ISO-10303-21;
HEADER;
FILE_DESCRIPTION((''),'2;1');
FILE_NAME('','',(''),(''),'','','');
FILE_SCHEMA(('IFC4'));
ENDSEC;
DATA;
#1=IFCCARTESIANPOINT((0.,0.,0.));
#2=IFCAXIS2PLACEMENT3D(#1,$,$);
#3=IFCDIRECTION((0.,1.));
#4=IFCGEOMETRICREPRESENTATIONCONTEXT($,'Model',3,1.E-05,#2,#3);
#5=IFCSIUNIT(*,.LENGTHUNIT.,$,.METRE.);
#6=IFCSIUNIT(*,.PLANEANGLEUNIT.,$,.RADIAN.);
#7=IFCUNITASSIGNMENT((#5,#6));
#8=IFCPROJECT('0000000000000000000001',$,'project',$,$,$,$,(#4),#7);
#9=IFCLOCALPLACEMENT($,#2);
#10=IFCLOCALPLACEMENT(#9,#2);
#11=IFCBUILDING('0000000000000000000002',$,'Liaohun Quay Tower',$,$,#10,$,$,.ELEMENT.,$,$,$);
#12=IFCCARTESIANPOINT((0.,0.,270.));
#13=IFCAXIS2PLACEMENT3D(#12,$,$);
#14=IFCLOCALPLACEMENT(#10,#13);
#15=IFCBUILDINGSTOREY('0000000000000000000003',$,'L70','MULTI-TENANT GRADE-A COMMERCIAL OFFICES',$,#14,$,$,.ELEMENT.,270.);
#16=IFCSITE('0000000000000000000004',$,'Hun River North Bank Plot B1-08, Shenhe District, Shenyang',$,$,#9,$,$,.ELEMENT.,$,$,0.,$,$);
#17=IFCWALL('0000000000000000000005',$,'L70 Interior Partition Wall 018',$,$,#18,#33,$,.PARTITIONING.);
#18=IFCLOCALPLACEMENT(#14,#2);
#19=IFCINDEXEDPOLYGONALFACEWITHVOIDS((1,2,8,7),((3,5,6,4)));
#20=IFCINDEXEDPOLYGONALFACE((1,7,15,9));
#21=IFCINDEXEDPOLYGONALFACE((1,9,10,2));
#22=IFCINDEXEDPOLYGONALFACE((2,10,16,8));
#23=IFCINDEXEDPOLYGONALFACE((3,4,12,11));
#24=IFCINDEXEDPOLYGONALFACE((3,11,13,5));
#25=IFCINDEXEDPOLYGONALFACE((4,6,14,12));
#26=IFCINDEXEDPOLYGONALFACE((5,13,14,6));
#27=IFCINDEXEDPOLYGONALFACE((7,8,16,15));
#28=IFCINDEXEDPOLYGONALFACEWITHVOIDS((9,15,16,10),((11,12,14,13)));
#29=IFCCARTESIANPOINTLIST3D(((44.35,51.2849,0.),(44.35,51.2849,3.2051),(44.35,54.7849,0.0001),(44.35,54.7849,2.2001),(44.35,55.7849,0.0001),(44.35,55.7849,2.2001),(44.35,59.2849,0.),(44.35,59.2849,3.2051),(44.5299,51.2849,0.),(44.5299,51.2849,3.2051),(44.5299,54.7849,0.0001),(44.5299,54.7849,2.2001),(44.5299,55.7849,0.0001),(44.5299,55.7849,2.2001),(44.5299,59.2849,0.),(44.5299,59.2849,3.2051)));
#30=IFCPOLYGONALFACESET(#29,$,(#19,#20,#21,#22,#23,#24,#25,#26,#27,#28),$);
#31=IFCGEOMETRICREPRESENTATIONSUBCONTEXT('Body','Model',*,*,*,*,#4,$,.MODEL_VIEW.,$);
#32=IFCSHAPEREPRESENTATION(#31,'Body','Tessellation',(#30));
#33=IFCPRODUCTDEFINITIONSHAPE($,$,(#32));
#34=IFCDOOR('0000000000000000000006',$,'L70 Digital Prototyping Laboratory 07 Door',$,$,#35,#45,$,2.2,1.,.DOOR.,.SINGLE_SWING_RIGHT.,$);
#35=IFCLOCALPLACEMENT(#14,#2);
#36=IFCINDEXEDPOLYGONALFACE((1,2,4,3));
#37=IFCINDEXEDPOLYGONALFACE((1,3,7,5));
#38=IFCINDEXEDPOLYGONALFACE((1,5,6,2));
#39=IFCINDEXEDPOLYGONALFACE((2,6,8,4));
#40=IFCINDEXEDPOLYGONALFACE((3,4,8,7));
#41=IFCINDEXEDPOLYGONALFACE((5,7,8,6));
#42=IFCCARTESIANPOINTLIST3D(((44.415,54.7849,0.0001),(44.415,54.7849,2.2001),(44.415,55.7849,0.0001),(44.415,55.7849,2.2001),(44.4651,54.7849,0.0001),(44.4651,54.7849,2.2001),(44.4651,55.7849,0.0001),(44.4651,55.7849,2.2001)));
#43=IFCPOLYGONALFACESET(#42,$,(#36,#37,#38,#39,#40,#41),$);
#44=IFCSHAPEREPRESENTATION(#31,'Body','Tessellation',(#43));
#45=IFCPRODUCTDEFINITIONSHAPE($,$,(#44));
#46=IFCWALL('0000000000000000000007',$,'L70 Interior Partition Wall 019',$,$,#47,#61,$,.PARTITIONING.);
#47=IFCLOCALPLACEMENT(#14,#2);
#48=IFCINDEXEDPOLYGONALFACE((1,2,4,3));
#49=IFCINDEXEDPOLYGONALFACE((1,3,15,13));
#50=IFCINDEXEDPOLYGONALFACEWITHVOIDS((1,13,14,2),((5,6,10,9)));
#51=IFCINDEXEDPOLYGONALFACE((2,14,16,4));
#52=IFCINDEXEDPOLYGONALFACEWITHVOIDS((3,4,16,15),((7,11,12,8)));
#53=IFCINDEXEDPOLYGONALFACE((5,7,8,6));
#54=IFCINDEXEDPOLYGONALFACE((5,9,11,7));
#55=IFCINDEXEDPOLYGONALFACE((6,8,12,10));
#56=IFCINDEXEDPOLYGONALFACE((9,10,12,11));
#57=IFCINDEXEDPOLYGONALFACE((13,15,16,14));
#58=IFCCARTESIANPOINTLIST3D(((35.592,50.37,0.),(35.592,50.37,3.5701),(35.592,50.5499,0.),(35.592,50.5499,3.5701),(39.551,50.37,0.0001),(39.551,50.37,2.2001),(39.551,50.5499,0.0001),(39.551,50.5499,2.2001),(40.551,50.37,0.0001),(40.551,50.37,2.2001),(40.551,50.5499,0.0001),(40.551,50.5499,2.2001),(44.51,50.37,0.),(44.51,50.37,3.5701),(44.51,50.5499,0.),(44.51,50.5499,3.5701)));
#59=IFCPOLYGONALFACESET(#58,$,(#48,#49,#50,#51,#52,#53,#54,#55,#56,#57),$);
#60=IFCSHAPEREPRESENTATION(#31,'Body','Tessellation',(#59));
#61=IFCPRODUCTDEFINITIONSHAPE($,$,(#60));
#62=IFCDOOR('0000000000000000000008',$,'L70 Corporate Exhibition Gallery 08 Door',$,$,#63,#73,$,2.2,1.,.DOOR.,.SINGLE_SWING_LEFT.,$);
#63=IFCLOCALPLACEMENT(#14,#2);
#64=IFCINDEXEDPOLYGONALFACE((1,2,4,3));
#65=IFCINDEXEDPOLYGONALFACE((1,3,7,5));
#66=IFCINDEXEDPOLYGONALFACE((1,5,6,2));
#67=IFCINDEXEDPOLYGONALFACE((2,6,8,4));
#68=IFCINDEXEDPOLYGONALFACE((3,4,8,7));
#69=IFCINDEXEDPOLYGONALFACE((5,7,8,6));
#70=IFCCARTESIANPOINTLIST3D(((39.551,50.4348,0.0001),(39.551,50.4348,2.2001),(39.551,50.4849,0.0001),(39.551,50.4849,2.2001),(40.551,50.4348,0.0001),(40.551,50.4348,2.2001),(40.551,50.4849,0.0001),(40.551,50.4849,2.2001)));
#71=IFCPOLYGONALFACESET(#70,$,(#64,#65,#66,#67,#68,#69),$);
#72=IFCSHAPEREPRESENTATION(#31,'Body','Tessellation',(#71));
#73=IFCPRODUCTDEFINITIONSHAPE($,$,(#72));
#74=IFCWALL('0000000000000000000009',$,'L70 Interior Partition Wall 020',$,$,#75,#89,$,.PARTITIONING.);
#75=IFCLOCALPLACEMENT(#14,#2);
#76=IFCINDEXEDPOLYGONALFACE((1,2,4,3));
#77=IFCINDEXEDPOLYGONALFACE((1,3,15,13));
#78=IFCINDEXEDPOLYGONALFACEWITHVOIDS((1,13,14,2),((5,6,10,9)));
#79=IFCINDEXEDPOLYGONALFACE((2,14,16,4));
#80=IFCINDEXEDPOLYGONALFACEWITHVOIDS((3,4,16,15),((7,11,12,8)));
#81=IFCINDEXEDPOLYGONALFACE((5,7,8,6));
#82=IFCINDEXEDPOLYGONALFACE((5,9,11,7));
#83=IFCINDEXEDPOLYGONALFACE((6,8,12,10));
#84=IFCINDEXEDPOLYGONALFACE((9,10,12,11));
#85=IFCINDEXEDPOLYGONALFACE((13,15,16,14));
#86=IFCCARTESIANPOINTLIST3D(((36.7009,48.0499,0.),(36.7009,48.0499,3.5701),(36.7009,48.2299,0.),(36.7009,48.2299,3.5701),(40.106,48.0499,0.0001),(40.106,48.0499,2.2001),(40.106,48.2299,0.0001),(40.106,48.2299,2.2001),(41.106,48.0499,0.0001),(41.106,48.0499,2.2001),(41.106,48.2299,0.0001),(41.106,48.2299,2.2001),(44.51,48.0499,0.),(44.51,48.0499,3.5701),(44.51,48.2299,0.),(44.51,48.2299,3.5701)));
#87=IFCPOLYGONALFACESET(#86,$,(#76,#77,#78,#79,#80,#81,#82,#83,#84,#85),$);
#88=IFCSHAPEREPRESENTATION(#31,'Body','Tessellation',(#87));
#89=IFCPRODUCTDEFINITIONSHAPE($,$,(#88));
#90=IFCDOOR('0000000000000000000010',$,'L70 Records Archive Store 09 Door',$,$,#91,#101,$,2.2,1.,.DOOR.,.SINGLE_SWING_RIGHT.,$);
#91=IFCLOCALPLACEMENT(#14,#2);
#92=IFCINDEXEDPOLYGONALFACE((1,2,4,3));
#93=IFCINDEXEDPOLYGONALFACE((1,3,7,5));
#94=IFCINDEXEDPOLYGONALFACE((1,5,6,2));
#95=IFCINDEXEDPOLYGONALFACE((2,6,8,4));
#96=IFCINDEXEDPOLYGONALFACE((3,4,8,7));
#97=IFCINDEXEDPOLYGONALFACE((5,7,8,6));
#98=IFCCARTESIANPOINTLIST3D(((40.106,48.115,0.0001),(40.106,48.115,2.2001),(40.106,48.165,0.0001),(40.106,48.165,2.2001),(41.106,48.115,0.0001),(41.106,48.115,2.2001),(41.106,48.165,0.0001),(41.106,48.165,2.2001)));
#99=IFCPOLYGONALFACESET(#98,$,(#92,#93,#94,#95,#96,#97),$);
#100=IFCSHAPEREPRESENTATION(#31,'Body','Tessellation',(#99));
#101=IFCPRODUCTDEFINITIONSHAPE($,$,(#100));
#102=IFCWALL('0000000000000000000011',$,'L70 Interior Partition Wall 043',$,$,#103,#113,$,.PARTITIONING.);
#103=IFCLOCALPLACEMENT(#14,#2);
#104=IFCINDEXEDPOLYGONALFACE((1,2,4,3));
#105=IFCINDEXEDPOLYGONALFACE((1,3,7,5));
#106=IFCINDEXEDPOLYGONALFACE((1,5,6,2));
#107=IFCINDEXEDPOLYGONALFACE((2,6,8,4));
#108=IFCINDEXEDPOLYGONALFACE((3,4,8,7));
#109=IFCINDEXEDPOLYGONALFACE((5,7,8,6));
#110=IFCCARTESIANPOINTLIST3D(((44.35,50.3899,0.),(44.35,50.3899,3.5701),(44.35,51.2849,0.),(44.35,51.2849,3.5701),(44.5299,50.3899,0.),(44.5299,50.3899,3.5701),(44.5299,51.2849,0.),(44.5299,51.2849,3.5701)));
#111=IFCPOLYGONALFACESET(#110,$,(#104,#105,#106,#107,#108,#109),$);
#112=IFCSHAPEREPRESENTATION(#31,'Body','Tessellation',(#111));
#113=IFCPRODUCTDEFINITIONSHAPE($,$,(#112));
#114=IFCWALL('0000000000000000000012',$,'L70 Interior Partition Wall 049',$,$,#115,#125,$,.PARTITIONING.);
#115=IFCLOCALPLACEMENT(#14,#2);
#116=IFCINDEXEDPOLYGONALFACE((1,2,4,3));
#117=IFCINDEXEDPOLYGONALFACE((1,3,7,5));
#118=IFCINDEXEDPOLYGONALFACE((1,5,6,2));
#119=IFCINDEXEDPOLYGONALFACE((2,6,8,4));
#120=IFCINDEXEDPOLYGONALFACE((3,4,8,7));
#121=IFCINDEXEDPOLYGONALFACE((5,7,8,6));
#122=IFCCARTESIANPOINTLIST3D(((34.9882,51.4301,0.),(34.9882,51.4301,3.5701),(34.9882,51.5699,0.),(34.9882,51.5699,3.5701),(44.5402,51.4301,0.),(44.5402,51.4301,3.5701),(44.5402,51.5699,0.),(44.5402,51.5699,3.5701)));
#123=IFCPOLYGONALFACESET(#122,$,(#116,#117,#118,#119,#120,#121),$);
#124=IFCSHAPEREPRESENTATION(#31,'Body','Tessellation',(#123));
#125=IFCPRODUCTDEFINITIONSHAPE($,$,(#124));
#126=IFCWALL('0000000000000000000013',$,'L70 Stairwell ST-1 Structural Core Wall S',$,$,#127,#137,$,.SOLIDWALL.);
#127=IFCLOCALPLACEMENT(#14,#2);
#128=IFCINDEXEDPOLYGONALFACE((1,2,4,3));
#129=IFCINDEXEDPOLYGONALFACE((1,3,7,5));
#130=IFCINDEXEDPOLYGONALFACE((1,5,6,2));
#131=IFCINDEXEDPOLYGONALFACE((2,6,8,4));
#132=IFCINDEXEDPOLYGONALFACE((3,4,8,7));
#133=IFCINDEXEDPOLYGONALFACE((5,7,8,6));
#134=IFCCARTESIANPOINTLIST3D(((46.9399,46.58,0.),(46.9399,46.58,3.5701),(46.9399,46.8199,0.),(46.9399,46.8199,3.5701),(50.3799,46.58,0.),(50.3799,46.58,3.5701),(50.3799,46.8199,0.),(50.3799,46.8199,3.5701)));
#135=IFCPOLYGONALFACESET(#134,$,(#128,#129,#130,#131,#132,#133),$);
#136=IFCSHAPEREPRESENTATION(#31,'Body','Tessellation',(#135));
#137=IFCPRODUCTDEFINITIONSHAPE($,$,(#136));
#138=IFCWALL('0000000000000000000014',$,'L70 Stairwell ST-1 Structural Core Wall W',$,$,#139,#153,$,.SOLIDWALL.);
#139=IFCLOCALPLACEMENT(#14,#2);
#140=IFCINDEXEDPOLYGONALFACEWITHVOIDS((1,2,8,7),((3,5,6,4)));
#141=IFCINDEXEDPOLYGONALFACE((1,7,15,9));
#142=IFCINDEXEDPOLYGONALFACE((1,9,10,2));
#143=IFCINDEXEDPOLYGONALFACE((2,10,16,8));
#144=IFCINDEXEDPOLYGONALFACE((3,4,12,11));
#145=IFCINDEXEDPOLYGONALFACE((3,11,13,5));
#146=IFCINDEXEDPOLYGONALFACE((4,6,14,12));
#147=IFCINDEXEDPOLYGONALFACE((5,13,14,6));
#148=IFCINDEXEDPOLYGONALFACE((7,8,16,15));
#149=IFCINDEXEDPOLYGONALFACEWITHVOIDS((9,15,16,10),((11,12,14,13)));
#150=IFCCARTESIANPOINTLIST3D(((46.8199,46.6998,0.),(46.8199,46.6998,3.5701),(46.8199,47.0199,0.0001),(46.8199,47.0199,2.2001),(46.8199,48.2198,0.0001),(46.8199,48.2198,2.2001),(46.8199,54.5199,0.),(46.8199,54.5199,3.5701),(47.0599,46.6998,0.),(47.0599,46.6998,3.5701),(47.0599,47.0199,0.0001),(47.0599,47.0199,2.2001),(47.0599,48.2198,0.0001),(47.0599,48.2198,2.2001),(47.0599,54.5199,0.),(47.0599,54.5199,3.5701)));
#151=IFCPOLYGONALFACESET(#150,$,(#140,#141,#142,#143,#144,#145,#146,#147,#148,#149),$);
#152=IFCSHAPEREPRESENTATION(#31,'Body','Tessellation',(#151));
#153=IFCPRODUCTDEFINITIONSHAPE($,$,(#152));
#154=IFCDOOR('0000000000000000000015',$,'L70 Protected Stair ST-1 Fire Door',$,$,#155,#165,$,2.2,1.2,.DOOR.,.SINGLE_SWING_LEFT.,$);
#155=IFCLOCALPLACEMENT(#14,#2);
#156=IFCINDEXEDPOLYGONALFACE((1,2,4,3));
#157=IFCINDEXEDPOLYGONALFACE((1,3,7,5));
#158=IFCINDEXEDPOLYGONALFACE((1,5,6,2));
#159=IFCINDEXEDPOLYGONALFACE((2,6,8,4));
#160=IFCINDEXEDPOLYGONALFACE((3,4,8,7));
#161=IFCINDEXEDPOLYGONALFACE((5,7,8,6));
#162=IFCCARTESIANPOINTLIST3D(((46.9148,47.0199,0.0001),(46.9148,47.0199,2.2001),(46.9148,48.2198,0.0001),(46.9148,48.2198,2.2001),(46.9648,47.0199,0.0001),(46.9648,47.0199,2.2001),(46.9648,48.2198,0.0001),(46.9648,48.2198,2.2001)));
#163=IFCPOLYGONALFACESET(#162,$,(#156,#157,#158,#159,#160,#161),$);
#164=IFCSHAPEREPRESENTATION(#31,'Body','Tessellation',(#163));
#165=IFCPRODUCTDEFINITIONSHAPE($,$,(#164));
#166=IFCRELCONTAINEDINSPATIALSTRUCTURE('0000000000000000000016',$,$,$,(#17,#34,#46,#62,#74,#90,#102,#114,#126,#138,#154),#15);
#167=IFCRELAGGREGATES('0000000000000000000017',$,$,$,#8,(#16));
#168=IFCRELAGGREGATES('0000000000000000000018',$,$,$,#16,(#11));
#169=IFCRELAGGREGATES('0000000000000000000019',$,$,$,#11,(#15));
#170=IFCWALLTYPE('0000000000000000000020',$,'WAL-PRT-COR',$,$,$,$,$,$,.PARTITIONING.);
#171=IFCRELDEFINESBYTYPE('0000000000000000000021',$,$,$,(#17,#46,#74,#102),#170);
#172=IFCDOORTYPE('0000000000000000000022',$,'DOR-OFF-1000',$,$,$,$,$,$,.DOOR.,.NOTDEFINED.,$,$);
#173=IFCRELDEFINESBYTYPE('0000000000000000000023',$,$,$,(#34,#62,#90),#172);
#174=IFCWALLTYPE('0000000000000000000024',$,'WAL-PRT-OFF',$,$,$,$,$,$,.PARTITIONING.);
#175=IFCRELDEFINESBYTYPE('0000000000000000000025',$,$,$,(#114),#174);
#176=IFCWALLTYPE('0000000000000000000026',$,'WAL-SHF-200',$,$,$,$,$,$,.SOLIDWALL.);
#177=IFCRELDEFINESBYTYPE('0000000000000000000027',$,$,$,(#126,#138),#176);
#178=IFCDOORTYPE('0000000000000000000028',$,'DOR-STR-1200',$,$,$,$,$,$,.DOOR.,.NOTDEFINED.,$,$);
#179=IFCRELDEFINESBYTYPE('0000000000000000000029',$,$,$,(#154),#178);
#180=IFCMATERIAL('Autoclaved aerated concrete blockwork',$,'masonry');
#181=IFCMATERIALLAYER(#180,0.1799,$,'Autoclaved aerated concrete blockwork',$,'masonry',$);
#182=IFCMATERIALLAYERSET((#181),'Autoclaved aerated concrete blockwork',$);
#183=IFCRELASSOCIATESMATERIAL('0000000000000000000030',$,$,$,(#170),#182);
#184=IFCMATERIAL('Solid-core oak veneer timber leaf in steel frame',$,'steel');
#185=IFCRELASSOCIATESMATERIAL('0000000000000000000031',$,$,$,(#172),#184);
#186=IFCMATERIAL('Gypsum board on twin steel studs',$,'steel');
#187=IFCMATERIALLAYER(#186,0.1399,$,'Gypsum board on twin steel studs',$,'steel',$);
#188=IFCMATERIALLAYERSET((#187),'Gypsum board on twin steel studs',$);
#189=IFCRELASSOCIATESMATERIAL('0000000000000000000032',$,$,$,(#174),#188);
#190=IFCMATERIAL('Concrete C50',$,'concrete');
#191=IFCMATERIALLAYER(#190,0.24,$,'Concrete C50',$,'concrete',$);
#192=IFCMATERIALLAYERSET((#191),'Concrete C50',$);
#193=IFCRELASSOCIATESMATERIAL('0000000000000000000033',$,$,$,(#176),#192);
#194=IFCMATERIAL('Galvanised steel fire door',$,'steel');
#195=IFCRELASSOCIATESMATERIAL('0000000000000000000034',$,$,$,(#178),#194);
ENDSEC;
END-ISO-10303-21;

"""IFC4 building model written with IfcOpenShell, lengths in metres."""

from ifc_helpers import new_model, si_unit, direction, frame, frame_2d, origin, place, context, subcontext, project, spatial, rectangle, extrude, source, transform, mapped, material, layer, layer_set, type_object, element, fill, save


model = new_model("IFC4")

# Units and contexts
model_context = context("Model", 3, precision=1e-05, world=origin(), true_north=direction((0.0, 1.0)))
body_context = subcontext(model_context, "Body", "Model", "MODEL_VIEW")
ifc_project = project(units=[si_unit("LENGTHUNIT", "METRE"), si_unit("PLANEANGLEUNIT", "RADIAN")], contexts=[model_context])

# Site, building, storey
site_placement = place(None, origin())
site = spatial("IfcSite", under=ifc_project, at=site_placement, Name="Hun River North Bank Plot B1-08, Shenhe District, Shenyang", CompositionType="ELEMENT", RefElevation=0.0)
building_placement = place(site_placement, origin())
building = spatial("IfcBuilding", under=site, at=building_placement, Name="Liaohun Quay Tower", CompositionType="ELEMENT")
storey_placement = place(building_placement, frame((0.0, 0.0, 270.0)))
storey = spatial("IfcBuildingStorey", under=building, at=storey_placement, Name="L70", Description="MULTI-TENANT GRADE-A COMMERCIAL OFFICES", CompositionType="ELEMENT", Elevation=270.0)

# Walls, openings, doors
ifc_material_1 = material(Name="Autoclaved aerated concrete blockwork", Category="masonry")
ifc_layer_1 = layer(ifc_material_1, 0.1799, Name="Autoclaved aerated concrete blockwork", Category="masonry")
ifc_layer_set_1 = layer_set([ifc_layer_1], Name="Autoclaved aerated concrete blockwork")
wall_type_1 = type_object("IfcWallType", Name="WAL-PRT-COR", PredefinedType="PARTITIONING", material=ifc_layer_set_1)
wall_1_placement = place(storey_placement, frame((44.4399, 51.2849, 0.0), z_axis=(0.0, 0.0, 1.0), x_axis=(0.0, 1.0, 0.0)))
wall_1 = element("IfcWall", 1, at=wall_1_placement, inside=storey, type_object=wall_type_1, Name="L70 Interior Partition Wall 018", PredefinedType="PARTITIONING", context=body_context, shape_type="SweptSolid", body=[
    extrude(rectangle(XDim=8.0, YDim=0.1799, at=frame_2d((4.0, 0.0))), origin(), (0.0, 0.0, 1.0), 3.2051),
])
shared_shape_1 = source(origin(), body_context, "Body", "SweptSolid", [
    extrude(rectangle(XDim=1.0, YDim=2.2, at=frame_2d((0.5, 1.1001))), frame((0.0, 0.0999, 0.0), z_axis=(0.0, -1.0, 0.0), x_axis=(1.0, 0.0, 0.0)), (0.0, 0.0, 1.0), 0.2),
])
opening_1_placement = place(wall_1_placement, frame((3.5, 0.0, 0.0)))
opening_1 = element("IfcOpeningElement", 2, at=opening_1_placement, cuts=wall_1, PredefinedType="OPENING", context=body_context, shape_type="MappedRepresentation", body=[
    mapped(shared_shape_1, transform((0.0, 0.0, 0.0), x_axis=(1.0, 0.0, 0.0), y_axis=(0.0, 1.0, 0.0), z_axis=(0.0, 0.0, 1.0), scale=1.0)),
])
ifc_material_2 = material(Name="Solid-core oak veneer timber leaf in steel frame", Category="steel")
door_type_1 = type_object("IfcDoorType", Name="DOR-OFF-1000", OperationType="NOTDEFINED", PredefinedType="DOOR", material=ifc_material_2)
shared_shape_2 = source(origin(), body_context, "Body", "SweptSolid", [
    extrude(rectangle(XDim=1.0, YDim=2.2, at=frame_2d((0.5, 1.1001))), frame((0.0, 0.0249, 0.0), z_axis=(0.0, -1.0, 0.0), x_axis=(1.0, 0.0, 0.0)), (0.0, 0.0, 1.0), 0.05),
])
door_1_placement = place(opening_1_placement, origin())
door_1 = element("IfcDoor", 3, at=door_1_placement, inside=storey, type_object=door_type_1, Name="L70 Digital Prototyping Laboratory 07 Door", OperationType="SINGLE_SWING_RIGHT", OverallHeight=2.2, OverallWidth=1.0, PredefinedType="DOOR", context=body_context, shape_type="MappedRepresentation", body=[
    mapped(shared_shape_2, transform((0.0, 0.0, 0.0), x_axis=(1.0, 0.0, 0.0), y_axis=(0.0, 1.0, 0.0), z_axis=(0.0, 0.0, 1.0), scale=1.0)),
])
fill(opening_1, door_1)
wall_2_placement = place(storey_placement, frame((35.592, 50.46, 0.0), z_axis=(0.0, 0.0, 1.0), x_axis=(1.0, 0.0, 0.0)))
wall_2 = element("IfcWall", 4, at=wall_2_placement, inside=storey, type_object=wall_type_1, Name="L70 Interior Partition Wall 019", PredefinedType="PARTITIONING", context=body_context, shape_type="SweptSolid", body=[
    extrude(rectangle(XDim=8.918, YDim=0.1799, at=frame_2d((4.459, 0.0))), origin(), (0.0, 0.0, 1.0), 3.5701),
])
opening_2_placement = place(wall_2_placement, frame((3.959, 0.0, 0.0)))
opening_2 = element("IfcOpeningElement", 5, at=opening_2_placement, cuts=wall_2, PredefinedType="OPENING", context=body_context, shape_type="MappedRepresentation", body=[
    mapped(shared_shape_1, transform((0.0, 0.0, 0.0), x_axis=(1.0, 0.0, 0.0), y_axis=(0.0, 1.0, 0.0), z_axis=(0.0, 0.0, 1.0), scale=1.0)),
])
door_2_placement = place(opening_2_placement, origin())
door_2 = element("IfcDoor", 6, at=door_2_placement, inside=storey, type_object=door_type_1, Name="L70 Corporate Exhibition Gallery 08 Door", OperationType="SINGLE_SWING_LEFT", OverallHeight=2.2, OverallWidth=1.0, PredefinedType="DOOR", context=body_context, shape_type="MappedRepresentation", body=[
    mapped(shared_shape_2, transform((0.0, 0.0, 0.0), x_axis=(1.0, 0.0, 0.0), y_axis=(0.0, 1.0, 0.0), z_axis=(0.0, 0.0, 1.0), scale=1.0)),
])
fill(opening_2, door_2)
wall_3_placement = place(storey_placement, frame((44.51, 48.1399, 0.0), z_axis=(0.0, 0.0, 1.0), x_axis=(-1.0, 0.0, 0.0)))
wall_3 = element("IfcWall", 7, at=wall_3_placement, inside=storey, type_object=wall_type_1, Name="L70 Interior Partition Wall 020", PredefinedType="PARTITIONING", context=body_context, shape_type="SweptSolid", body=[
    extrude(rectangle(XDim=7.8091, YDim=0.1799, at=frame_2d((3.9045, 0.0))), origin(), (0.0, 0.0, 1.0), 3.5701),
])
opening_3_placement = place(wall_3_placement, frame((3.4041, 0.0, 0.0)))
opening_3 = element("IfcOpeningElement", 8, at=opening_3_placement, cuts=wall_3, PredefinedType="OPENING", context=body_context, shape_type="MappedRepresentation", body=[
    mapped(shared_shape_1, transform((0.0, 0.0, 0.0), x_axis=(1.0, 0.0, 0.0), y_axis=(0.0, 1.0, 0.0), z_axis=(0.0, 0.0, 1.0), scale=1.0)),
])
door_3_placement = place(opening_3_placement, origin())
door_3 = element("IfcDoor", 9, at=door_3_placement, inside=storey, type_object=door_type_1, Name="L70 Records Archive Store 09 Door", OperationType="SINGLE_SWING_RIGHT", OverallHeight=2.2, OverallWidth=1.0, PredefinedType="DOOR", context=body_context, shape_type="MappedRepresentation", body=[
    mapped(shared_shape_2, transform((0.0, 0.0, 0.0), x_axis=(1.0, 0.0, 0.0), y_axis=(0.0, 1.0, 0.0), z_axis=(0.0, 0.0, 1.0), scale=1.0)),
])
fill(opening_3, door_3)

# Walls
wall_4_placement = place(storey_placement, frame((44.4399, 50.3899, 0.0), z_axis=(0.0, 0.0, 1.0), x_axis=(0.0, 1.0, 0.0)))
element("IfcWall", 10, at=wall_4_placement, inside=storey, type_object=wall_type_1, Name="L70 Interior Partition Wall 043", PredefinedType="PARTITIONING", context=body_context, shape_type="SweptSolid", body=[
    extrude(rectangle(XDim=0.895, YDim=0.1799, at=frame_2d((0.4475, 0.0))), origin(), (0.0, 0.0, 1.0), 3.5701),
])
ifc_material_3 = material(Name="Gypsum board on twin steel studs", Category="steel")
ifc_layer_2 = layer(ifc_material_3, 0.1399, Name="Gypsum board on twin steel studs", Category="steel")
ifc_layer_set_2 = layer_set([ifc_layer_2], Name="Gypsum board on twin steel studs")
wall_type_2 = type_object("IfcWallType", Name="WAL-PRT-OFF", PredefinedType="PARTITIONING", material=ifc_layer_set_2)
wall_5_placement = place(storey_placement, frame((44.54, 51.5, 0.0), z_axis=(0.0, 0.0, 1.0), x_axis=(-1.0, 0.0, 0.0)))
element("IfcWall", 11, at=wall_5_placement, inside=storey, type_object=wall_type_2, Name="L70 Interior Partition Wall 049", PredefinedType="PARTITIONING", context=body_context, shape_type="SweptSolid", body=[
    extrude(rectangle(XDim=9.552, YDim=0.1399, at=frame_2d((4.7759, 0.0))), origin(), (0.0, 0.0, 1.0), 3.5701),
])
ifc_material_4 = material(Name="Concrete C50", Category="concrete")
ifc_layer_3 = layer(ifc_material_4, 0.24, Name="Concrete C50", Category="concrete")
ifc_layer_set_3 = layer_set([ifc_layer_3], Name="Concrete C50")
wall_type_3 = type_object("IfcWallType", Name="WAL-SHF-200", PredefinedType="SOLIDWALL", material=ifc_layer_set_3)
wall_6_placement = place(storey_placement, frame((46.9399, 46.7, 0.0), z_axis=(0.0, 0.0, 1.0), x_axis=(1.0, 0.0, 0.0)))
element("IfcWall", 12, at=wall_6_placement, inside=storey, type_object=wall_type_3, Name="L70 Stairwell ST-1 Structural Core Wall S", PredefinedType="SOLIDWALL", context=body_context, shape_type="SweptSolid", body=[
    extrude(rectangle(XDim=3.4399, YDim=0.24, at=frame_2d((1.72, 0.0))), origin(), (0.0, 0.0, 1.0), 3.5701),
])

# Wall, opening, door
wall_7_placement = place(storey_placement, frame((46.9399, 54.52, 0.0), z_axis=(0.0, 0.0, 1.0), x_axis=(0.0, -1.0, 0.0)))
wall_7 = element("IfcWall", 13, at=wall_7_placement, inside=storey, type_object=wall_type_3, Name="L70 Stairwell ST-1 Structural Core Wall W", PredefinedType="SOLIDWALL", context=body_context, shape_type="SweptSolid", body=[
    extrude(rectangle(XDim=7.8201, YDim=0.24, at=frame_2d((3.9102, 0.0))), origin(), (0.0, 0.0, 1.0), 3.5701),
])
shared_shape_3 = source(origin(), body_context, "Body", "SweptSolid", [
    extrude(rectangle(XDim=1.2, YDim=2.2, at=frame_2d((0.6001, 1.1001))), frame((0.0, 0.1299, 0.0), z_axis=(0.0, -1.0, 0.0), x_axis=(1.0, 0.0, 0.0)), (0.0, 0.0, 1.0), 0.26),
])
opening_4_placement = place(wall_7_placement, frame((6.3, 0.0, 0.0)))
opening_4 = element("IfcOpeningElement", 14, at=opening_4_placement, cuts=wall_7, PredefinedType="OPENING", context=body_context, shape_type="MappedRepresentation", body=[
    mapped(shared_shape_3, transform((0.0, 0.0, 0.0), x_axis=(1.0, 0.0, 0.0), y_axis=(0.0, 1.0, 0.0), z_axis=(0.0, 0.0, 1.0), scale=1.0)),
])
ifc_material_5 = material(Name="Galvanised steel fire door", Category="steel")
door_type_2 = type_object("IfcDoorType", Name="DOR-STR-1200", OperationType="NOTDEFINED", PredefinedType="DOOR", material=ifc_material_5)
shared_shape_4 = source(origin(), body_context, "Body", "SweptSolid", [
    extrude(rectangle(XDim=1.2, YDim=2.2, at=frame_2d((0.6001, 1.1001))), frame((0.0, 0.0249, 0.0), z_axis=(0.0, -1.0, 0.0), x_axis=(1.0, 0.0, 0.0)), (0.0, 0.0, 1.0), 0.05),
])
door_4_placement = place(opening_4_placement, origin())
door_4 = element("IfcDoor", 15, at=door_4_placement, inside=storey, type_object=door_type_2, Name="L70 Protected Stair ST-1 Fire Door", OperationType="SINGLE_SWING_LEFT", OverallHeight=2.2, OverallWidth=1.2, PredefinedType="DOOR", context=body_context, shape_type="MappedRepresentation", body=[
    mapped(shared_shape_4, transform((0.0, 0.0, 0.0), x_axis=(1.0, 0.0, 0.0), y_axis=(0.0, 1.0, 0.0), z_axis=(0.0, 0.0, 1.0), scale=1.0)),
])
fill(opening_4, door_4)

save(model, "model.ifc")
